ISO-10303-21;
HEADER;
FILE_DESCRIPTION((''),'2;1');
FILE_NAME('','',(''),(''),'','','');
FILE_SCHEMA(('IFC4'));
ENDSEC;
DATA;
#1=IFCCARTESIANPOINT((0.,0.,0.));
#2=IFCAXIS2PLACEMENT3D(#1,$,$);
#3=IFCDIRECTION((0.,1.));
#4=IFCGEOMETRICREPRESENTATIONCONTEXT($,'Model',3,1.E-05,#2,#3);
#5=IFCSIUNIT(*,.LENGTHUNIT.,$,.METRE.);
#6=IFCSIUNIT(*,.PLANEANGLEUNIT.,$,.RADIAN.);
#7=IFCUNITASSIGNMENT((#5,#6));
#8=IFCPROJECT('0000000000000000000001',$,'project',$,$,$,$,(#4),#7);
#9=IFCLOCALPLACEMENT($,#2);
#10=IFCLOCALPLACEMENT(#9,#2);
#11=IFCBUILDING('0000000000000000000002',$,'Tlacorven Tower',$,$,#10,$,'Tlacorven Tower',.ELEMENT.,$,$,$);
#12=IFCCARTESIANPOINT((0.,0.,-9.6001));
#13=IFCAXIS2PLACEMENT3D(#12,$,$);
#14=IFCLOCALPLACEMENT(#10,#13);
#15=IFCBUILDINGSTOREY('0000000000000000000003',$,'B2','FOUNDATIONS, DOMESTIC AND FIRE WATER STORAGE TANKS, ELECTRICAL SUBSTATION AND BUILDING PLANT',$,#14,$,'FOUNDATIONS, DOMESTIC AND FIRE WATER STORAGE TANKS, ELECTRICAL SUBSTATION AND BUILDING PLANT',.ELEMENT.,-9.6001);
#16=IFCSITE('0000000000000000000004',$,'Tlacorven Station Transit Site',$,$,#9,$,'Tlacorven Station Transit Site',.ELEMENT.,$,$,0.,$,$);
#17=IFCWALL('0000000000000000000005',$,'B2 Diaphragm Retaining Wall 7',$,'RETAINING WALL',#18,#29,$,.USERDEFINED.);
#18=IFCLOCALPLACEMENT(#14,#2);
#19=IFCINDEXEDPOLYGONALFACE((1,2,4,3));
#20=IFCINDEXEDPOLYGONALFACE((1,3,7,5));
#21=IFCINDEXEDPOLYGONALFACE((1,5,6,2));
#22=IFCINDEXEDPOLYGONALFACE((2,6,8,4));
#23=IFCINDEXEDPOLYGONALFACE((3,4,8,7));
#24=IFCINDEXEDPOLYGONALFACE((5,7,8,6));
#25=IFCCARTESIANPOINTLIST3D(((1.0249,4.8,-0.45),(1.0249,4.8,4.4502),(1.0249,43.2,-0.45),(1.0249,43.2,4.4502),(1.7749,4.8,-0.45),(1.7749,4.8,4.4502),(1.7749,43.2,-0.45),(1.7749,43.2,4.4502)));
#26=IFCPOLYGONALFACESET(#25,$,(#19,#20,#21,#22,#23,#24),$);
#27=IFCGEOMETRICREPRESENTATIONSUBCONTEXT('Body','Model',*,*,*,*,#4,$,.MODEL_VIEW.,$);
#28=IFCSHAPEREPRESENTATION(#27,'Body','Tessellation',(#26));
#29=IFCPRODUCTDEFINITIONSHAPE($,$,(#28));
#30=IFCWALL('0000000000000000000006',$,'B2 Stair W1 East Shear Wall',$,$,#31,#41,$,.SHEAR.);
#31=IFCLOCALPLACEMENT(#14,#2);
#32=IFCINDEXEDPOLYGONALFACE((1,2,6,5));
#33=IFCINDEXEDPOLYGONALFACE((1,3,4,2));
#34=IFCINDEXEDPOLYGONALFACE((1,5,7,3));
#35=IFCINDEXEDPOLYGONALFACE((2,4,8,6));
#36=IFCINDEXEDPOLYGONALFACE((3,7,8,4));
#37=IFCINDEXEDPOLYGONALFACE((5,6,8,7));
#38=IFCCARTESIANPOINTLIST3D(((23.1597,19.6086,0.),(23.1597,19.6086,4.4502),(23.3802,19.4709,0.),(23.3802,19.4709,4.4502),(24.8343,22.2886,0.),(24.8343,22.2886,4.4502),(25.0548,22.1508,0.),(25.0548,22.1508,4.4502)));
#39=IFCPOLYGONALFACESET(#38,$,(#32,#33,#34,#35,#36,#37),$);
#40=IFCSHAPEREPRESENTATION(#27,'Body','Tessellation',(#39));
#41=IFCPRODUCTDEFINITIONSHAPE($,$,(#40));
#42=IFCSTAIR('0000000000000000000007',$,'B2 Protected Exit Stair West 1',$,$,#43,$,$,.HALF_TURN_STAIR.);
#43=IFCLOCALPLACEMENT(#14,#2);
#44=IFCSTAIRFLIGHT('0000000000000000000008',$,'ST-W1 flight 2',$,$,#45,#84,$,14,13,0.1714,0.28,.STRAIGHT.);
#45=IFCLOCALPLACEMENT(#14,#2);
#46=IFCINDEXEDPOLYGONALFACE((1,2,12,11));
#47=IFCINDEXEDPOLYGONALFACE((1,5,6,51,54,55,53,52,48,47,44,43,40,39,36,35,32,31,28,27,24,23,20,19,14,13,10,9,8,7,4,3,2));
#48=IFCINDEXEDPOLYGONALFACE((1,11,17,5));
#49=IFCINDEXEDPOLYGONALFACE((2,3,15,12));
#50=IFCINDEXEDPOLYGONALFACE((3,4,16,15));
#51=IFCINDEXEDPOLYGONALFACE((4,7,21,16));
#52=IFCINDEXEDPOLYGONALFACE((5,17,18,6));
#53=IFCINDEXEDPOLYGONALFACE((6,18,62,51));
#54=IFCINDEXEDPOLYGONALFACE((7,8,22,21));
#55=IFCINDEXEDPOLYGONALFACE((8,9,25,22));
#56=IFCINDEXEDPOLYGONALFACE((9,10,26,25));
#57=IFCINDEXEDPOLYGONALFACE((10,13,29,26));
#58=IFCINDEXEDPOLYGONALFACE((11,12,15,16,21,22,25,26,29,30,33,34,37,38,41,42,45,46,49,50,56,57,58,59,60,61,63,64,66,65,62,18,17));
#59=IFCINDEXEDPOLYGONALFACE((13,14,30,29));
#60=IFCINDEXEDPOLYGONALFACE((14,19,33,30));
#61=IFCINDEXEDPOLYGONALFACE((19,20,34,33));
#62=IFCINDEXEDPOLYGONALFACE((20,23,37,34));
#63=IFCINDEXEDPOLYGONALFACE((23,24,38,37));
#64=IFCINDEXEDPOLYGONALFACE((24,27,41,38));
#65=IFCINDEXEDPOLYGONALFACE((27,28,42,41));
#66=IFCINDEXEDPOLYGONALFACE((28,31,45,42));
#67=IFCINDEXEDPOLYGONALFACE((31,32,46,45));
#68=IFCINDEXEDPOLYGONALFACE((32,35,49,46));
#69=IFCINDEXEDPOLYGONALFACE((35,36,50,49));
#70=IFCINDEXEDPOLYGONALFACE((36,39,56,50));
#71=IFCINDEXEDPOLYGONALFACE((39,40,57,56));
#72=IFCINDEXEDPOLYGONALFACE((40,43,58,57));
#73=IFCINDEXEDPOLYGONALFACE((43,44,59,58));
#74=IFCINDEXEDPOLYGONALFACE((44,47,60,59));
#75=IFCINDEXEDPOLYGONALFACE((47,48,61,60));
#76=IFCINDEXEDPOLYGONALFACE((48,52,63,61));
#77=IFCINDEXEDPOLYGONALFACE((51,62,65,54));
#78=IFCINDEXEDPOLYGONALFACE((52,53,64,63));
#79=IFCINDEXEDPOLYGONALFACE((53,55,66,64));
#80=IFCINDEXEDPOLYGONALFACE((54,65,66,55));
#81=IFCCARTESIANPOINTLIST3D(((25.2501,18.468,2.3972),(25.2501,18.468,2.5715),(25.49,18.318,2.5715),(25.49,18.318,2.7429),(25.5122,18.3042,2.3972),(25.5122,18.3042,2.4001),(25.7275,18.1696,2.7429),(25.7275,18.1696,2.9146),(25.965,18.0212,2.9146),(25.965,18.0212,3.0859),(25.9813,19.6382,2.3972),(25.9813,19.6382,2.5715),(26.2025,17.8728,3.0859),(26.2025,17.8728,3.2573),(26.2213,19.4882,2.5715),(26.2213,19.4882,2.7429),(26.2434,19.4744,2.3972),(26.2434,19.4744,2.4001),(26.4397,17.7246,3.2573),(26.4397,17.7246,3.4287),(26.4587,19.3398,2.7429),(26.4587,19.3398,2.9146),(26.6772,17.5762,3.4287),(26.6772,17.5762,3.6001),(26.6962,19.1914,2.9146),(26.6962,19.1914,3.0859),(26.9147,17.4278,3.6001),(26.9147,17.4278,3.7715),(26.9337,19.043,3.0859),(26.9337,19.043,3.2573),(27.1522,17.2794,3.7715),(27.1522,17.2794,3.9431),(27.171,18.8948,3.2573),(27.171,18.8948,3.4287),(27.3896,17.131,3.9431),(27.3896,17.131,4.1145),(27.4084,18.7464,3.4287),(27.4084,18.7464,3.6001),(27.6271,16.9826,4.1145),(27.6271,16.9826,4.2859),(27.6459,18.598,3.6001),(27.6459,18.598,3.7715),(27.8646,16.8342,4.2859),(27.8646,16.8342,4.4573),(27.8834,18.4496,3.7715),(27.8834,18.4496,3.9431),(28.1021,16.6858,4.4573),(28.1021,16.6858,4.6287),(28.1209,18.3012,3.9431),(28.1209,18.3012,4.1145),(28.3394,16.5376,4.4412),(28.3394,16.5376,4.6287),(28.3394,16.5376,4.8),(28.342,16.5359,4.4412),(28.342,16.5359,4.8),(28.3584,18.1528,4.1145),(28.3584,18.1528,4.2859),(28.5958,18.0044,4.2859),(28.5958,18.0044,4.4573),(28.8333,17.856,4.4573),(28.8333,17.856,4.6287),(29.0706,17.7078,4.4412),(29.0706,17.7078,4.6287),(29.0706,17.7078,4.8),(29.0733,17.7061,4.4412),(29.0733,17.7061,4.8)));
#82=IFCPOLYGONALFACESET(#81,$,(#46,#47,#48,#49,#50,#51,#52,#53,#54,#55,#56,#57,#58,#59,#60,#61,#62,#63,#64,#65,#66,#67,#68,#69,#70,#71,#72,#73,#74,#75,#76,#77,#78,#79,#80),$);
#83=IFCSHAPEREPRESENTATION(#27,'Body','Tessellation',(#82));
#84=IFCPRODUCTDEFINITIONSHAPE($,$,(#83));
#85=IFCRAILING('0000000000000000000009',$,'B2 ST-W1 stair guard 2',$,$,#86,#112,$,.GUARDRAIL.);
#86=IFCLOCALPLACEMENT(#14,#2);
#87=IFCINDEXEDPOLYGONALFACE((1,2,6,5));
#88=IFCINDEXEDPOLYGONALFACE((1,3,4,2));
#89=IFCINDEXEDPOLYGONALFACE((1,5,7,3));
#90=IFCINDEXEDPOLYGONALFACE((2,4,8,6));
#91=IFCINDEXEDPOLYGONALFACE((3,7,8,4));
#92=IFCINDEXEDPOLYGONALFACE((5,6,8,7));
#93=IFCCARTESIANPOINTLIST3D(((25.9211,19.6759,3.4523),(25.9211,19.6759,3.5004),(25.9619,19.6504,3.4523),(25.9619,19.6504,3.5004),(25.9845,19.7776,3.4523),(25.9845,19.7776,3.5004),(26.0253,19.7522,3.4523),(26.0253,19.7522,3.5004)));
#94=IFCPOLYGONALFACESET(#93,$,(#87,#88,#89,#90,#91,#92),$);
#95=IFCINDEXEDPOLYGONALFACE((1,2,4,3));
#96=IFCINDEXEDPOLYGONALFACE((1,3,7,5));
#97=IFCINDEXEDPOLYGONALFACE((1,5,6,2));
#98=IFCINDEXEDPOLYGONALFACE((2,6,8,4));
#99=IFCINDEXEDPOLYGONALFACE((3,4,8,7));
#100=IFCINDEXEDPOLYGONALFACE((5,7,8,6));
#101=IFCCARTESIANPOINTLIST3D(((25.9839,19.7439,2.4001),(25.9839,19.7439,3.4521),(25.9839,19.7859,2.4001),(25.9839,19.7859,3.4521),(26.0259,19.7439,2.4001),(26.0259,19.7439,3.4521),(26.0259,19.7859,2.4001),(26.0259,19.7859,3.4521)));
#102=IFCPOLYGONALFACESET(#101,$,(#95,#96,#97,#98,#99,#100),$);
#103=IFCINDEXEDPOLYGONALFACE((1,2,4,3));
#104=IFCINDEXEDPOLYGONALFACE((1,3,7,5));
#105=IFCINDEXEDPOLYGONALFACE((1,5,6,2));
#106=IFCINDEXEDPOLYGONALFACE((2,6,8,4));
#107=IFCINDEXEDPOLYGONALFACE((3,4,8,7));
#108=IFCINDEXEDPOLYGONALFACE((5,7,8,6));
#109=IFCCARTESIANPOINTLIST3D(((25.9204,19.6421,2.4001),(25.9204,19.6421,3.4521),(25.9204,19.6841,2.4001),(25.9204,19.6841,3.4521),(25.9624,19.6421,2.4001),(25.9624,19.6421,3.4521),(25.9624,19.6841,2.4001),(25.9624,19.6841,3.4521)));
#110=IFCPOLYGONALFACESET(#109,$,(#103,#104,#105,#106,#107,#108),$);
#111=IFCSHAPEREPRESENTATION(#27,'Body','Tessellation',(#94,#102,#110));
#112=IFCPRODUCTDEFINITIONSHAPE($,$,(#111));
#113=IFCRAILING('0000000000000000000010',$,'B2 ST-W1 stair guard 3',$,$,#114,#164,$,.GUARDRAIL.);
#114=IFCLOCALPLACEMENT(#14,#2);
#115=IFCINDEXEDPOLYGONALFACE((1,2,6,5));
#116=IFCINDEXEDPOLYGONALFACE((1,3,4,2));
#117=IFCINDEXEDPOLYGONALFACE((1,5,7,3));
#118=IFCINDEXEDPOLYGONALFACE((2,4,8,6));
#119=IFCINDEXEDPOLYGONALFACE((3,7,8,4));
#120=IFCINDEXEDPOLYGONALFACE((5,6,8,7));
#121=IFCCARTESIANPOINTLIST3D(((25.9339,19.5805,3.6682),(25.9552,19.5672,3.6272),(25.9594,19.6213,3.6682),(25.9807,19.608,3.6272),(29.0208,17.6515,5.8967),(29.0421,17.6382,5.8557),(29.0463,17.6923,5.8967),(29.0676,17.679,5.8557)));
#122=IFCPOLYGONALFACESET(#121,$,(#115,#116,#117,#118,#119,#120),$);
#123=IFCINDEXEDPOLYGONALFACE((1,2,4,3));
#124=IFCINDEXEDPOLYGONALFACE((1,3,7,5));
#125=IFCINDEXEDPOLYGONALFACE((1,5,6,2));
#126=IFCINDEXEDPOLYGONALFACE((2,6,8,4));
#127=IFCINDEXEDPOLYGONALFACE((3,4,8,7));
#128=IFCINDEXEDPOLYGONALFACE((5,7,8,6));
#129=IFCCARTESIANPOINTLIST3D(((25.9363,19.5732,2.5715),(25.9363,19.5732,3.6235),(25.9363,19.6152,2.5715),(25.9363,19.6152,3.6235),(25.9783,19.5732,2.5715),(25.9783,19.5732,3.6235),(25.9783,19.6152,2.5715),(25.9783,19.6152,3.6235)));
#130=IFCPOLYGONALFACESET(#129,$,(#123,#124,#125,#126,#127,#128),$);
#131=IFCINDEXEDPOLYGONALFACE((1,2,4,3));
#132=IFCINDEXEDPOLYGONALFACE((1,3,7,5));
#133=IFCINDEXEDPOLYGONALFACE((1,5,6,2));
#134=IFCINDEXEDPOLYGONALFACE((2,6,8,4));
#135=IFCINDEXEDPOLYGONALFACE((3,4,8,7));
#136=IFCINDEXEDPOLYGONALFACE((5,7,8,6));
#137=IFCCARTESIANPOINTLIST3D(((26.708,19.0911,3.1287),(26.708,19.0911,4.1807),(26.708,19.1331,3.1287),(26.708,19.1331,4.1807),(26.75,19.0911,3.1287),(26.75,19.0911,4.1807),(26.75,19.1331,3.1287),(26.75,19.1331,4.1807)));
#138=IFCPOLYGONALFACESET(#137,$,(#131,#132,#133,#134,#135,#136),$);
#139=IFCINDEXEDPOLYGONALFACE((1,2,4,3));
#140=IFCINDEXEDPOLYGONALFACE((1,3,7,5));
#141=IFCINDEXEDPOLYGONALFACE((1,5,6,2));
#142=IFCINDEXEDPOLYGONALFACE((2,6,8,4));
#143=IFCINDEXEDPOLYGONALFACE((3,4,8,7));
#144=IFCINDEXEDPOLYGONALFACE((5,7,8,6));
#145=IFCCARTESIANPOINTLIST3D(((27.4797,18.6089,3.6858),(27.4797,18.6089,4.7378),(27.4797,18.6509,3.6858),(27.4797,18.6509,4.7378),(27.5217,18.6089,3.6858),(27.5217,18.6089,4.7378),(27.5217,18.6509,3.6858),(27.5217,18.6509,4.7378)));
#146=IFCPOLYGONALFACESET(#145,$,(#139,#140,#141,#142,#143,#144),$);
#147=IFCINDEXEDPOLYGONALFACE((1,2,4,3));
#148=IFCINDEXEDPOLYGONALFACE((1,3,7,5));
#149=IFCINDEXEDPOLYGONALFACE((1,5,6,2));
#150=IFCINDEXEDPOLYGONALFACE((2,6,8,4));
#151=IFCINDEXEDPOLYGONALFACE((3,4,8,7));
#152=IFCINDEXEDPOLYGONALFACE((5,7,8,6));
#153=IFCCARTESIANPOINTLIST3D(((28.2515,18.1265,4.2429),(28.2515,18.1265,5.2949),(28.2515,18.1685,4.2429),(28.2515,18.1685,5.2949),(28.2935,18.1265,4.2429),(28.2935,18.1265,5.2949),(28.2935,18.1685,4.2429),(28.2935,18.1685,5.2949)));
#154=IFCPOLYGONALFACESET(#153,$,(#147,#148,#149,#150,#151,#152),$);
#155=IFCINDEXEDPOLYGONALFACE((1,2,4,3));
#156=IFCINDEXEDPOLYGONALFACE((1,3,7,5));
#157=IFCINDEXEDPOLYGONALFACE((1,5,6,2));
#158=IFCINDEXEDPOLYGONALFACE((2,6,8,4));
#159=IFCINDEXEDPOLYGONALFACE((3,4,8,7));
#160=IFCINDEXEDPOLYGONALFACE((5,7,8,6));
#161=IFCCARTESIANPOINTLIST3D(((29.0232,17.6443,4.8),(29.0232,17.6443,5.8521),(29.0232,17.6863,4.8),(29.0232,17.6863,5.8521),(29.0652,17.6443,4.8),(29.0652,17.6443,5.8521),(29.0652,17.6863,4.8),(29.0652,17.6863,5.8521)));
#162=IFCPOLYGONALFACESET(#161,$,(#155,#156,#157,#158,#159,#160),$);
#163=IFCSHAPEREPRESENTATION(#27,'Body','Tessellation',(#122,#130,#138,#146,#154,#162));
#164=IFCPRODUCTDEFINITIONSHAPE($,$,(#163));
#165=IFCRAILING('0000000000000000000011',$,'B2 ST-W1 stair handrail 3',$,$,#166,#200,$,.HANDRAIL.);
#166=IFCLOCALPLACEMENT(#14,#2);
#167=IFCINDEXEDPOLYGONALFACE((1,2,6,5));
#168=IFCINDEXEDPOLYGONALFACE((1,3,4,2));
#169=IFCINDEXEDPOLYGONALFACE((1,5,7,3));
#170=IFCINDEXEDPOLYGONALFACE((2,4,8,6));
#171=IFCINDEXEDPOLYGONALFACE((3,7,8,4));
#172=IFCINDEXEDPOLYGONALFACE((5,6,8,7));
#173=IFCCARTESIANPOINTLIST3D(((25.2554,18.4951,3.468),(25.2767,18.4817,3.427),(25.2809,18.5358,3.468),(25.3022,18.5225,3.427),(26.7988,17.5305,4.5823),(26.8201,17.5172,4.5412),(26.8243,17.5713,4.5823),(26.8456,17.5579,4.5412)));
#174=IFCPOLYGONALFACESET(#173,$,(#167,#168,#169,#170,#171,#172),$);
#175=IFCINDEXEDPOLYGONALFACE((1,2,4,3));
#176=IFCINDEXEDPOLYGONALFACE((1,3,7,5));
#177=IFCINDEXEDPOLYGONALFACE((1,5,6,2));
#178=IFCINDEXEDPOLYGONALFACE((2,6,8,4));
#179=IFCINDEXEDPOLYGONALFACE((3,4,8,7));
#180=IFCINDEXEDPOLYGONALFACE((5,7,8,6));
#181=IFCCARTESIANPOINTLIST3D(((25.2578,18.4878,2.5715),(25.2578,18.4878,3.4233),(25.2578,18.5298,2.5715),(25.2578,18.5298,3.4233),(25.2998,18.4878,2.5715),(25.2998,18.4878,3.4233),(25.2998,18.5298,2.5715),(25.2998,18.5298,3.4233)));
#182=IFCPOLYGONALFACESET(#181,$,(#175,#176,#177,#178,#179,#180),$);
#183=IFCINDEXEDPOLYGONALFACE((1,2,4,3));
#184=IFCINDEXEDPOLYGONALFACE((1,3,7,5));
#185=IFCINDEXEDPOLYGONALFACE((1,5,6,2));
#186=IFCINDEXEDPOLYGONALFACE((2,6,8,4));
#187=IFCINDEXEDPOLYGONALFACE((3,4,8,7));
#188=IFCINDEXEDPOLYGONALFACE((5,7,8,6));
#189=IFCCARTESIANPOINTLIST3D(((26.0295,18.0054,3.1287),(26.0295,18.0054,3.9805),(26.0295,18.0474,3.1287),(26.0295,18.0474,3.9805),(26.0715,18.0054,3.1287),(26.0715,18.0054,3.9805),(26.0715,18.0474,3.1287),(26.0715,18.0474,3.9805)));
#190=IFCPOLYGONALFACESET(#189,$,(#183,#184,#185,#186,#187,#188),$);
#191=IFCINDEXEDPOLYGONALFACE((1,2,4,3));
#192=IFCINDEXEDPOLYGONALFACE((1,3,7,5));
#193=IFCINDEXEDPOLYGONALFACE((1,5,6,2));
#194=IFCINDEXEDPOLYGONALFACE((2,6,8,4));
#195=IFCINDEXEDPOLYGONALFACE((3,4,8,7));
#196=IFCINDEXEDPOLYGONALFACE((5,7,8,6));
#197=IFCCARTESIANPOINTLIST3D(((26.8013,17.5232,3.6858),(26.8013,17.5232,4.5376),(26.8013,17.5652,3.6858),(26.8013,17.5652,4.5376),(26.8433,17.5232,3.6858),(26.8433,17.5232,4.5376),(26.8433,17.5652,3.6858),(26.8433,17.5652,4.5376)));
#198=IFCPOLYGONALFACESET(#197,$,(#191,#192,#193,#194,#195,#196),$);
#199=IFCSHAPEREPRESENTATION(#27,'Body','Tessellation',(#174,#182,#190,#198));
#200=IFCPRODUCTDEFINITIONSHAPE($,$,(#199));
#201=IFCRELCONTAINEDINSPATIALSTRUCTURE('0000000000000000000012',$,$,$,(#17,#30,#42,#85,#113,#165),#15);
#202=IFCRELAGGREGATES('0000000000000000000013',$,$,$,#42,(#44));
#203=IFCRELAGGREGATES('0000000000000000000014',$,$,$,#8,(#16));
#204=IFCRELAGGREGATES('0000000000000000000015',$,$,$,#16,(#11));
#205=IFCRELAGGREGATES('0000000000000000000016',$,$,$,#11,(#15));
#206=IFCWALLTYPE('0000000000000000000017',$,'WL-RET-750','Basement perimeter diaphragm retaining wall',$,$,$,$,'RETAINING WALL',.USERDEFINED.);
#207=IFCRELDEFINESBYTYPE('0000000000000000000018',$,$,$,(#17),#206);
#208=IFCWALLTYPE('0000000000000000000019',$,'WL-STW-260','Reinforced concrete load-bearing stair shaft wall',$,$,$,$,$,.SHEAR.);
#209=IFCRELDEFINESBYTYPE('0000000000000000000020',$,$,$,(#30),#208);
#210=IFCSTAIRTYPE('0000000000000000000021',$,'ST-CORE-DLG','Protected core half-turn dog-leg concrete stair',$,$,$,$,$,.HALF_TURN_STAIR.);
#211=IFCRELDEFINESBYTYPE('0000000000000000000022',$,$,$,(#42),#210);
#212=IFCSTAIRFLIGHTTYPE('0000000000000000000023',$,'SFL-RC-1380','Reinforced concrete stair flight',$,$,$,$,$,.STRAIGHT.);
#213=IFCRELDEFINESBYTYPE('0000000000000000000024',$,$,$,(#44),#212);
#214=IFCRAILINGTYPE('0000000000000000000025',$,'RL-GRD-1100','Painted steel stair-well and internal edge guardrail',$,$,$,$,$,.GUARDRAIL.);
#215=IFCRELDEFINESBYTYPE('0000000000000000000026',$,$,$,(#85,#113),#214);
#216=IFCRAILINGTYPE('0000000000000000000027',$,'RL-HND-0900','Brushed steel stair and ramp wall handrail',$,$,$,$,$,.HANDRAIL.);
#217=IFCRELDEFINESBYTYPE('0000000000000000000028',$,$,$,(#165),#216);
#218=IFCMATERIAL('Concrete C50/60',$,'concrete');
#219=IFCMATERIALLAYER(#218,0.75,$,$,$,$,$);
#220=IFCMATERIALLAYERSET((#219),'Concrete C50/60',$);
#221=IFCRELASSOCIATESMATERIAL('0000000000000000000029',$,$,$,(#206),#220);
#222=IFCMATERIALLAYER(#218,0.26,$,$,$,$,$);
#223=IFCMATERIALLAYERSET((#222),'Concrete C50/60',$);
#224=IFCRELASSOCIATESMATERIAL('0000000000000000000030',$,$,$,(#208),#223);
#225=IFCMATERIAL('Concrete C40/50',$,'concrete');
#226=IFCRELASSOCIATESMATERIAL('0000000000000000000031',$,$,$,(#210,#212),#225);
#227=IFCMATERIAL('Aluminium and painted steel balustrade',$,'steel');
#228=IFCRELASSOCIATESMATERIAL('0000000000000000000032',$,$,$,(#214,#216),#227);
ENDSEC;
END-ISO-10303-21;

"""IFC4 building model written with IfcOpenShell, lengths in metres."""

from ifc_helpers import new_model, si_unit, direction, frame, frame_2d, origin, origin_2d, place, context, subcontext, project, spatial, polyline, rectangle, outline, extrude, source, transform, mapped, material, layer, layer_set, type_object, element, aggregate, save


model = new_model("IFC4")

# Units and contexts
model_context = context("Model", 3, precision=1e-05, world=origin(), true_north=direction((0.0, 1.0)))
body_context = subcontext(model_context, "Body", "Model", "MODEL_VIEW")
ifc_project = project(units=[si_unit("LENGTHUNIT", "METRE"), si_unit("PLANEANGLEUNIT", "RADIAN")], contexts=[model_context])

# Site, building, storey
site_placement = place(None, origin())
site = spatial("IfcSite", under=ifc_project, at=site_placement, Name="Tlacorven Station Transit Site", LongName="Tlacorven Station Transit Site", CompositionType="ELEMENT", RefElevation=0.0)
building_placement = place(site_placement, origin())
building = spatial("IfcBuilding", under=site, at=building_placement, Name="Tlacorven Tower", LongName="Tlacorven Tower", CompositionType="ELEMENT")
storey_placement = place(building_placement, frame((0.0, 0.0, -9.6001)))
storey = spatial("IfcBuildingStorey", under=building, at=storey_placement, Name="B2", Description="FOUNDATIONS, DOMESTIC AND FIRE WATER STORAGE TANKS, ELECTRICAL SUBSTATION AND BUILDING PLANT", LongName="FOUNDATIONS, DOMESTIC AND FIRE WATER STORAGE TANKS, ELECTRICAL SUBSTATION AND BUILDING PLANT", CompositionType="ELEMENT", Elevation=-9.6001)

# Shared definitions
ifc_material_1 = material(Name="Concrete C50/60", Category="concrete")

# Walls
ifc_layer_1 = layer(ifc_material_1, 0.75)
ifc_layer_set_1 = layer_set([ifc_layer_1], Name="Concrete C50/60")
wall_type_1 = type_object("IfcWallType", Name="WL-RET-750", Description="Basement perimeter diaphragm retaining wall", ElementType="RETAINING WALL", PredefinedType="USERDEFINED", material=ifc_layer_set_1)
wall_1_placement = place(storey_placement, frame((1.3999, 43.2, -0.45), z_axis=(0.0, 0.0, 1.0), x_axis=(0.0, -1.0, 0.0)))
element("IfcWall", 1, at=wall_1_placement, inside=storey, type_object=wall_type_1, Name="B2 Diaphragm Retaining Wall 7", ObjectType="RETAINING WALL", PredefinedType="USERDEFINED", context=body_context, shape_type="SweptSolid", body=[
    extrude(rectangle(XDim=38.3999, YDim=0.75, at=frame_2d((19.2, 0.0))), origin(), (0.0, 0.0, 1.0), 4.9001),
])
ifc_layer_2 = layer(ifc_material_1, 0.26)
ifc_layer_set_2 = layer_set([ifc_layer_2], Name="Concrete C50/60")
wall_type_2 = type_object("IfcWallType", Name="WL-STW-260", Description="Reinforced concrete load-bearing stair shaft wall", PredefinedType="SHEAR", material=ifc_layer_set_2)
wall_2_placement = place(storey_placement, frame((24.9446, 22.2197, 0.0), z_axis=(0.0, 0.0, 1.0), x_axis=(-0.529909, -0.848055, 0.0)))
element("IfcWall", 2, at=wall_2_placement, inside=storey, type_object=wall_type_2, Name="B2 Stair W1 East Shear Wall", PredefinedType="SHEAR", context=body_context, shape_type="SweptSolid", body=[
    extrude(rectangle(XDim=3.1602, YDim=0.26, at=frame_2d((1.5801, 0.0))), origin(), (0.0, 0.0, 1.0), 4.4502),
])

# Stair, stair flight
ifc_material_2 = material(Name="Concrete C40/50", Category="concrete")
stair_type = type_object("IfcStairType", Name="ST-CORE-DLG", Description="Protected core half-turn dog-leg concrete stair", PredefinedType="HALF_TURN_STAIR", material=ifc_material_2)
stair_placement = place(storey_placement, origin())
stair = element("IfcStair", 3, at=stair_placement, inside=storey, type_object=stair_type, Name="B2 Protected Exit Stair West 1", PredefinedType="HALF_TURN_STAIR")
stair_flight_type = type_object("IfcStairFlightType", Name="SFL-RC-1380", Description="Reinforced concrete stair flight", PredefinedType="STRAIGHT", material=ifc_material_2)
shared_shape_1 = source(origin(), body_context, "Body", "SweptSolid", [
    extrude(outline(polyline([(-0.0029, -0.0029), (-0.0029, 0.1714), (0.28, 0.1714), (0.28, 0.3428), (0.5601, 0.3428), (0.5601, 0.5144), (0.8401, 0.5144), (0.8401, 0.6858), (1.1201, 0.6858), (1.1201, 0.8572), (1.3999, 0.8572), (1.3999, 1.0286), (1.6799, 1.0286), (1.6799, 1.2), (1.96, 1.2), (1.96, 1.3713), (2.24, 1.3713), (2.24, 1.543), (2.52, 1.543), (2.52, 1.7144), (2.8, 1.7144), (2.8, 1.8857), (3.0801, 1.8857), (3.0801, 2.0571), (3.3601, 2.0571), (3.3601, 2.2285), (3.6399, 2.2285), (3.6399, 2.3999), (3.6431, 2.3999), (3.6431, 2.041), (3.6399, 2.041), (0.3062, 0.0), (0.3062, -0.0029), (-0.0029, -0.0029)])), frame((0.0, 0.6899, 0.0), z_axis=(0.0, -1.0, 0.0), x_axis=(1.0, 0.0, 0.0)), (0.0, 0.0, 1.0), 1.3799),
])
stair_flight_placement = place(storey_placement, frame((25.6182, 19.0515, 2.4001), z_axis=(0.0, 0.0, 1.0), x_axis=(0.848048, -0.529919, 0.0)))
stair_flight = element("IfcStairFlight", 4, at=stair_flight_placement, type_object=stair_flight_type, Name="ST-W1 flight 2", NumberOfRisers=14, NumberOfTreads=13, PredefinedType="STRAIGHT", RiserHeight=0.1714, TreadLength=0.28, context=body_context, shape_type="MappedRepresentation", body=[
    mapped(shared_shape_1, transform((0.0, 0.0, 0.0), scale=1.0)),
])
aggregate(stair, [stair_flight])

# Railings
ifc_material_3 = material(Name="Aluminium and painted steel balustrade", Category="steel")
railing_type_1 = type_object("IfcRailingType", Name="RL-GRD-1100", Description="Painted steel stair-well and internal edge guardrail", PredefinedType="GUARDRAIL", material=ifc_material_3)
shared_shape_2 = source(origin(), body_context, "Body", "SweptSolid", [
    extrude(rectangle(XDim=0.0481, YDim=0.0481, at=origin_2d()), frame((0.0, 0.0, 1.0762), z_axis=(-0.529084, -0.848569, 0.0), x_axis=(0.848569, -0.529084, 0.0)), (0.0, 0.0, 1.0), 0.1199),
    extrude(rectangle(XDim=0.042, YDim=0.042, at=origin_2d()), origin(), (0.0, 0.0, 1.0), 1.052),
    extrude(rectangle(XDim=0.042, YDim=0.042, at=origin_2d()), frame((-0.0635, -0.1018, 0.0)), (0.0, 0.0, 1.0), 1.052),
])
railing_1_placement = place(storey_placement, frame((26.0049, 19.7649, 2.4001)))
element("IfcRailing", 5, at=railing_1_placement, inside=storey, type_object=railing_type_1, Name="B2 ST-W1 stair guard 2", PredefinedType="GUARDRAIL", context=body_context, shape_type="MappedRepresentation", body=[
    mapped(shared_shape_2, transform((0.0, 0.0, 0.0), scale=1.0)),
])
shared_shape_3 = source(origin(), body_context, "Body", "SweptSolid", [
    extrude(rectangle(XDim=0.0481, YDim=0.0481, at=origin_2d()), frame((0.0, 0.0, 1.0762), z_axis=(0.723262, -0.451953, 0.52214), x_axis=(0.529927, 0.848044, 0.0)), (0.0, 0.0, 1.0), 4.2681),
    extrude(rectangle(XDim=0.042, YDim=0.042, at=origin_2d()), origin(), (0.0, 0.0, 1.0), 1.052),
    extrude(rectangle(XDim=0.042, YDim=0.042, at=origin_2d()), frame((0.7717, -0.4822, 0.5571)), (0.0, 0.0, 1.0), 1.052),
    extrude(rectangle(XDim=0.042, YDim=0.042, at=origin_2d()), frame((1.5435, -0.9644, 1.1143)), (0.0, 0.0, 1.0), 1.052),
    extrude(rectangle(XDim=0.042, YDim=0.042, at=origin_2d()), frame((2.3152, -1.4468, 1.6714)), (0.0, 0.0, 1.0), 1.052),
    extrude(rectangle(XDim=0.042, YDim=0.042, at=origin_2d()), frame((3.0869, -1.929, 2.2285)), (0.0, 0.0, 1.0), 1.052),
])
railing_2_placement = place(storey_placement, frame((25.9573, 19.5942, 2.5715)))
element("IfcRailing", 6, at=railing_2_placement, inside=storey, type_object=railing_type_1, Name="B2 ST-W1 stair guard 3", PredefinedType="GUARDRAIL", context=body_context, shape_type="MappedRepresentation", body=[
    mapped(shared_shape_3, transform((0.0, 0.0, 0.0), scale=1.0)),
])
railing_type_2 = type_object("IfcRailingType", Name="RL-HND-0900", Description="Brushed steel stair and ramp wall handrail", PredefinedType="HANDRAIL", material=ifc_material_3)
shared_shape_4 = source(origin(), body_context, "Body", "SweptSolid", [
    extrude(rectangle(XDim=0.0481, YDim=0.0481, at=origin_2d()), frame((0.0, 0.0, 0.876), z_axis=(0.723244, -0.451999, 0.522126), x_axis=(0.529975, 0.848013, 0.0)), (0.0, 0.0, 1.0), 2.134),
    extrude(rectangle(XDim=0.042, YDim=0.042, at=origin_2d()), origin(), (0.0, 0.0, 1.0), 0.8518),
    extrude(rectangle(XDim=0.042, YDim=0.042, at=origin_2d()), frame((0.7717, -0.4824, 0.5571)), (0.0, 0.0, 1.0), 0.8518),
    extrude(rectangle(XDim=0.042, YDim=0.042, at=origin_2d()), frame((1.5435, -0.9646, 1.1143)), (0.0, 0.0, 1.0), 0.8518),
])
railing_3_placement = place(storey_placement, frame((25.2788, 18.5088, 2.5715)))
element("IfcRailing", 7, at=railing_3_placement, inside=storey, type_object=railing_type_2, Name="B2 ST-W1 stair handrail 3", PredefinedType="HANDRAIL", context=body_context, shape_type="MappedRepresentation", body=[
    mapped(shared_shape_4, transform((0.0, 0.0, 0.0), scale=1.0)),
])

save(model, "model.ifc")
